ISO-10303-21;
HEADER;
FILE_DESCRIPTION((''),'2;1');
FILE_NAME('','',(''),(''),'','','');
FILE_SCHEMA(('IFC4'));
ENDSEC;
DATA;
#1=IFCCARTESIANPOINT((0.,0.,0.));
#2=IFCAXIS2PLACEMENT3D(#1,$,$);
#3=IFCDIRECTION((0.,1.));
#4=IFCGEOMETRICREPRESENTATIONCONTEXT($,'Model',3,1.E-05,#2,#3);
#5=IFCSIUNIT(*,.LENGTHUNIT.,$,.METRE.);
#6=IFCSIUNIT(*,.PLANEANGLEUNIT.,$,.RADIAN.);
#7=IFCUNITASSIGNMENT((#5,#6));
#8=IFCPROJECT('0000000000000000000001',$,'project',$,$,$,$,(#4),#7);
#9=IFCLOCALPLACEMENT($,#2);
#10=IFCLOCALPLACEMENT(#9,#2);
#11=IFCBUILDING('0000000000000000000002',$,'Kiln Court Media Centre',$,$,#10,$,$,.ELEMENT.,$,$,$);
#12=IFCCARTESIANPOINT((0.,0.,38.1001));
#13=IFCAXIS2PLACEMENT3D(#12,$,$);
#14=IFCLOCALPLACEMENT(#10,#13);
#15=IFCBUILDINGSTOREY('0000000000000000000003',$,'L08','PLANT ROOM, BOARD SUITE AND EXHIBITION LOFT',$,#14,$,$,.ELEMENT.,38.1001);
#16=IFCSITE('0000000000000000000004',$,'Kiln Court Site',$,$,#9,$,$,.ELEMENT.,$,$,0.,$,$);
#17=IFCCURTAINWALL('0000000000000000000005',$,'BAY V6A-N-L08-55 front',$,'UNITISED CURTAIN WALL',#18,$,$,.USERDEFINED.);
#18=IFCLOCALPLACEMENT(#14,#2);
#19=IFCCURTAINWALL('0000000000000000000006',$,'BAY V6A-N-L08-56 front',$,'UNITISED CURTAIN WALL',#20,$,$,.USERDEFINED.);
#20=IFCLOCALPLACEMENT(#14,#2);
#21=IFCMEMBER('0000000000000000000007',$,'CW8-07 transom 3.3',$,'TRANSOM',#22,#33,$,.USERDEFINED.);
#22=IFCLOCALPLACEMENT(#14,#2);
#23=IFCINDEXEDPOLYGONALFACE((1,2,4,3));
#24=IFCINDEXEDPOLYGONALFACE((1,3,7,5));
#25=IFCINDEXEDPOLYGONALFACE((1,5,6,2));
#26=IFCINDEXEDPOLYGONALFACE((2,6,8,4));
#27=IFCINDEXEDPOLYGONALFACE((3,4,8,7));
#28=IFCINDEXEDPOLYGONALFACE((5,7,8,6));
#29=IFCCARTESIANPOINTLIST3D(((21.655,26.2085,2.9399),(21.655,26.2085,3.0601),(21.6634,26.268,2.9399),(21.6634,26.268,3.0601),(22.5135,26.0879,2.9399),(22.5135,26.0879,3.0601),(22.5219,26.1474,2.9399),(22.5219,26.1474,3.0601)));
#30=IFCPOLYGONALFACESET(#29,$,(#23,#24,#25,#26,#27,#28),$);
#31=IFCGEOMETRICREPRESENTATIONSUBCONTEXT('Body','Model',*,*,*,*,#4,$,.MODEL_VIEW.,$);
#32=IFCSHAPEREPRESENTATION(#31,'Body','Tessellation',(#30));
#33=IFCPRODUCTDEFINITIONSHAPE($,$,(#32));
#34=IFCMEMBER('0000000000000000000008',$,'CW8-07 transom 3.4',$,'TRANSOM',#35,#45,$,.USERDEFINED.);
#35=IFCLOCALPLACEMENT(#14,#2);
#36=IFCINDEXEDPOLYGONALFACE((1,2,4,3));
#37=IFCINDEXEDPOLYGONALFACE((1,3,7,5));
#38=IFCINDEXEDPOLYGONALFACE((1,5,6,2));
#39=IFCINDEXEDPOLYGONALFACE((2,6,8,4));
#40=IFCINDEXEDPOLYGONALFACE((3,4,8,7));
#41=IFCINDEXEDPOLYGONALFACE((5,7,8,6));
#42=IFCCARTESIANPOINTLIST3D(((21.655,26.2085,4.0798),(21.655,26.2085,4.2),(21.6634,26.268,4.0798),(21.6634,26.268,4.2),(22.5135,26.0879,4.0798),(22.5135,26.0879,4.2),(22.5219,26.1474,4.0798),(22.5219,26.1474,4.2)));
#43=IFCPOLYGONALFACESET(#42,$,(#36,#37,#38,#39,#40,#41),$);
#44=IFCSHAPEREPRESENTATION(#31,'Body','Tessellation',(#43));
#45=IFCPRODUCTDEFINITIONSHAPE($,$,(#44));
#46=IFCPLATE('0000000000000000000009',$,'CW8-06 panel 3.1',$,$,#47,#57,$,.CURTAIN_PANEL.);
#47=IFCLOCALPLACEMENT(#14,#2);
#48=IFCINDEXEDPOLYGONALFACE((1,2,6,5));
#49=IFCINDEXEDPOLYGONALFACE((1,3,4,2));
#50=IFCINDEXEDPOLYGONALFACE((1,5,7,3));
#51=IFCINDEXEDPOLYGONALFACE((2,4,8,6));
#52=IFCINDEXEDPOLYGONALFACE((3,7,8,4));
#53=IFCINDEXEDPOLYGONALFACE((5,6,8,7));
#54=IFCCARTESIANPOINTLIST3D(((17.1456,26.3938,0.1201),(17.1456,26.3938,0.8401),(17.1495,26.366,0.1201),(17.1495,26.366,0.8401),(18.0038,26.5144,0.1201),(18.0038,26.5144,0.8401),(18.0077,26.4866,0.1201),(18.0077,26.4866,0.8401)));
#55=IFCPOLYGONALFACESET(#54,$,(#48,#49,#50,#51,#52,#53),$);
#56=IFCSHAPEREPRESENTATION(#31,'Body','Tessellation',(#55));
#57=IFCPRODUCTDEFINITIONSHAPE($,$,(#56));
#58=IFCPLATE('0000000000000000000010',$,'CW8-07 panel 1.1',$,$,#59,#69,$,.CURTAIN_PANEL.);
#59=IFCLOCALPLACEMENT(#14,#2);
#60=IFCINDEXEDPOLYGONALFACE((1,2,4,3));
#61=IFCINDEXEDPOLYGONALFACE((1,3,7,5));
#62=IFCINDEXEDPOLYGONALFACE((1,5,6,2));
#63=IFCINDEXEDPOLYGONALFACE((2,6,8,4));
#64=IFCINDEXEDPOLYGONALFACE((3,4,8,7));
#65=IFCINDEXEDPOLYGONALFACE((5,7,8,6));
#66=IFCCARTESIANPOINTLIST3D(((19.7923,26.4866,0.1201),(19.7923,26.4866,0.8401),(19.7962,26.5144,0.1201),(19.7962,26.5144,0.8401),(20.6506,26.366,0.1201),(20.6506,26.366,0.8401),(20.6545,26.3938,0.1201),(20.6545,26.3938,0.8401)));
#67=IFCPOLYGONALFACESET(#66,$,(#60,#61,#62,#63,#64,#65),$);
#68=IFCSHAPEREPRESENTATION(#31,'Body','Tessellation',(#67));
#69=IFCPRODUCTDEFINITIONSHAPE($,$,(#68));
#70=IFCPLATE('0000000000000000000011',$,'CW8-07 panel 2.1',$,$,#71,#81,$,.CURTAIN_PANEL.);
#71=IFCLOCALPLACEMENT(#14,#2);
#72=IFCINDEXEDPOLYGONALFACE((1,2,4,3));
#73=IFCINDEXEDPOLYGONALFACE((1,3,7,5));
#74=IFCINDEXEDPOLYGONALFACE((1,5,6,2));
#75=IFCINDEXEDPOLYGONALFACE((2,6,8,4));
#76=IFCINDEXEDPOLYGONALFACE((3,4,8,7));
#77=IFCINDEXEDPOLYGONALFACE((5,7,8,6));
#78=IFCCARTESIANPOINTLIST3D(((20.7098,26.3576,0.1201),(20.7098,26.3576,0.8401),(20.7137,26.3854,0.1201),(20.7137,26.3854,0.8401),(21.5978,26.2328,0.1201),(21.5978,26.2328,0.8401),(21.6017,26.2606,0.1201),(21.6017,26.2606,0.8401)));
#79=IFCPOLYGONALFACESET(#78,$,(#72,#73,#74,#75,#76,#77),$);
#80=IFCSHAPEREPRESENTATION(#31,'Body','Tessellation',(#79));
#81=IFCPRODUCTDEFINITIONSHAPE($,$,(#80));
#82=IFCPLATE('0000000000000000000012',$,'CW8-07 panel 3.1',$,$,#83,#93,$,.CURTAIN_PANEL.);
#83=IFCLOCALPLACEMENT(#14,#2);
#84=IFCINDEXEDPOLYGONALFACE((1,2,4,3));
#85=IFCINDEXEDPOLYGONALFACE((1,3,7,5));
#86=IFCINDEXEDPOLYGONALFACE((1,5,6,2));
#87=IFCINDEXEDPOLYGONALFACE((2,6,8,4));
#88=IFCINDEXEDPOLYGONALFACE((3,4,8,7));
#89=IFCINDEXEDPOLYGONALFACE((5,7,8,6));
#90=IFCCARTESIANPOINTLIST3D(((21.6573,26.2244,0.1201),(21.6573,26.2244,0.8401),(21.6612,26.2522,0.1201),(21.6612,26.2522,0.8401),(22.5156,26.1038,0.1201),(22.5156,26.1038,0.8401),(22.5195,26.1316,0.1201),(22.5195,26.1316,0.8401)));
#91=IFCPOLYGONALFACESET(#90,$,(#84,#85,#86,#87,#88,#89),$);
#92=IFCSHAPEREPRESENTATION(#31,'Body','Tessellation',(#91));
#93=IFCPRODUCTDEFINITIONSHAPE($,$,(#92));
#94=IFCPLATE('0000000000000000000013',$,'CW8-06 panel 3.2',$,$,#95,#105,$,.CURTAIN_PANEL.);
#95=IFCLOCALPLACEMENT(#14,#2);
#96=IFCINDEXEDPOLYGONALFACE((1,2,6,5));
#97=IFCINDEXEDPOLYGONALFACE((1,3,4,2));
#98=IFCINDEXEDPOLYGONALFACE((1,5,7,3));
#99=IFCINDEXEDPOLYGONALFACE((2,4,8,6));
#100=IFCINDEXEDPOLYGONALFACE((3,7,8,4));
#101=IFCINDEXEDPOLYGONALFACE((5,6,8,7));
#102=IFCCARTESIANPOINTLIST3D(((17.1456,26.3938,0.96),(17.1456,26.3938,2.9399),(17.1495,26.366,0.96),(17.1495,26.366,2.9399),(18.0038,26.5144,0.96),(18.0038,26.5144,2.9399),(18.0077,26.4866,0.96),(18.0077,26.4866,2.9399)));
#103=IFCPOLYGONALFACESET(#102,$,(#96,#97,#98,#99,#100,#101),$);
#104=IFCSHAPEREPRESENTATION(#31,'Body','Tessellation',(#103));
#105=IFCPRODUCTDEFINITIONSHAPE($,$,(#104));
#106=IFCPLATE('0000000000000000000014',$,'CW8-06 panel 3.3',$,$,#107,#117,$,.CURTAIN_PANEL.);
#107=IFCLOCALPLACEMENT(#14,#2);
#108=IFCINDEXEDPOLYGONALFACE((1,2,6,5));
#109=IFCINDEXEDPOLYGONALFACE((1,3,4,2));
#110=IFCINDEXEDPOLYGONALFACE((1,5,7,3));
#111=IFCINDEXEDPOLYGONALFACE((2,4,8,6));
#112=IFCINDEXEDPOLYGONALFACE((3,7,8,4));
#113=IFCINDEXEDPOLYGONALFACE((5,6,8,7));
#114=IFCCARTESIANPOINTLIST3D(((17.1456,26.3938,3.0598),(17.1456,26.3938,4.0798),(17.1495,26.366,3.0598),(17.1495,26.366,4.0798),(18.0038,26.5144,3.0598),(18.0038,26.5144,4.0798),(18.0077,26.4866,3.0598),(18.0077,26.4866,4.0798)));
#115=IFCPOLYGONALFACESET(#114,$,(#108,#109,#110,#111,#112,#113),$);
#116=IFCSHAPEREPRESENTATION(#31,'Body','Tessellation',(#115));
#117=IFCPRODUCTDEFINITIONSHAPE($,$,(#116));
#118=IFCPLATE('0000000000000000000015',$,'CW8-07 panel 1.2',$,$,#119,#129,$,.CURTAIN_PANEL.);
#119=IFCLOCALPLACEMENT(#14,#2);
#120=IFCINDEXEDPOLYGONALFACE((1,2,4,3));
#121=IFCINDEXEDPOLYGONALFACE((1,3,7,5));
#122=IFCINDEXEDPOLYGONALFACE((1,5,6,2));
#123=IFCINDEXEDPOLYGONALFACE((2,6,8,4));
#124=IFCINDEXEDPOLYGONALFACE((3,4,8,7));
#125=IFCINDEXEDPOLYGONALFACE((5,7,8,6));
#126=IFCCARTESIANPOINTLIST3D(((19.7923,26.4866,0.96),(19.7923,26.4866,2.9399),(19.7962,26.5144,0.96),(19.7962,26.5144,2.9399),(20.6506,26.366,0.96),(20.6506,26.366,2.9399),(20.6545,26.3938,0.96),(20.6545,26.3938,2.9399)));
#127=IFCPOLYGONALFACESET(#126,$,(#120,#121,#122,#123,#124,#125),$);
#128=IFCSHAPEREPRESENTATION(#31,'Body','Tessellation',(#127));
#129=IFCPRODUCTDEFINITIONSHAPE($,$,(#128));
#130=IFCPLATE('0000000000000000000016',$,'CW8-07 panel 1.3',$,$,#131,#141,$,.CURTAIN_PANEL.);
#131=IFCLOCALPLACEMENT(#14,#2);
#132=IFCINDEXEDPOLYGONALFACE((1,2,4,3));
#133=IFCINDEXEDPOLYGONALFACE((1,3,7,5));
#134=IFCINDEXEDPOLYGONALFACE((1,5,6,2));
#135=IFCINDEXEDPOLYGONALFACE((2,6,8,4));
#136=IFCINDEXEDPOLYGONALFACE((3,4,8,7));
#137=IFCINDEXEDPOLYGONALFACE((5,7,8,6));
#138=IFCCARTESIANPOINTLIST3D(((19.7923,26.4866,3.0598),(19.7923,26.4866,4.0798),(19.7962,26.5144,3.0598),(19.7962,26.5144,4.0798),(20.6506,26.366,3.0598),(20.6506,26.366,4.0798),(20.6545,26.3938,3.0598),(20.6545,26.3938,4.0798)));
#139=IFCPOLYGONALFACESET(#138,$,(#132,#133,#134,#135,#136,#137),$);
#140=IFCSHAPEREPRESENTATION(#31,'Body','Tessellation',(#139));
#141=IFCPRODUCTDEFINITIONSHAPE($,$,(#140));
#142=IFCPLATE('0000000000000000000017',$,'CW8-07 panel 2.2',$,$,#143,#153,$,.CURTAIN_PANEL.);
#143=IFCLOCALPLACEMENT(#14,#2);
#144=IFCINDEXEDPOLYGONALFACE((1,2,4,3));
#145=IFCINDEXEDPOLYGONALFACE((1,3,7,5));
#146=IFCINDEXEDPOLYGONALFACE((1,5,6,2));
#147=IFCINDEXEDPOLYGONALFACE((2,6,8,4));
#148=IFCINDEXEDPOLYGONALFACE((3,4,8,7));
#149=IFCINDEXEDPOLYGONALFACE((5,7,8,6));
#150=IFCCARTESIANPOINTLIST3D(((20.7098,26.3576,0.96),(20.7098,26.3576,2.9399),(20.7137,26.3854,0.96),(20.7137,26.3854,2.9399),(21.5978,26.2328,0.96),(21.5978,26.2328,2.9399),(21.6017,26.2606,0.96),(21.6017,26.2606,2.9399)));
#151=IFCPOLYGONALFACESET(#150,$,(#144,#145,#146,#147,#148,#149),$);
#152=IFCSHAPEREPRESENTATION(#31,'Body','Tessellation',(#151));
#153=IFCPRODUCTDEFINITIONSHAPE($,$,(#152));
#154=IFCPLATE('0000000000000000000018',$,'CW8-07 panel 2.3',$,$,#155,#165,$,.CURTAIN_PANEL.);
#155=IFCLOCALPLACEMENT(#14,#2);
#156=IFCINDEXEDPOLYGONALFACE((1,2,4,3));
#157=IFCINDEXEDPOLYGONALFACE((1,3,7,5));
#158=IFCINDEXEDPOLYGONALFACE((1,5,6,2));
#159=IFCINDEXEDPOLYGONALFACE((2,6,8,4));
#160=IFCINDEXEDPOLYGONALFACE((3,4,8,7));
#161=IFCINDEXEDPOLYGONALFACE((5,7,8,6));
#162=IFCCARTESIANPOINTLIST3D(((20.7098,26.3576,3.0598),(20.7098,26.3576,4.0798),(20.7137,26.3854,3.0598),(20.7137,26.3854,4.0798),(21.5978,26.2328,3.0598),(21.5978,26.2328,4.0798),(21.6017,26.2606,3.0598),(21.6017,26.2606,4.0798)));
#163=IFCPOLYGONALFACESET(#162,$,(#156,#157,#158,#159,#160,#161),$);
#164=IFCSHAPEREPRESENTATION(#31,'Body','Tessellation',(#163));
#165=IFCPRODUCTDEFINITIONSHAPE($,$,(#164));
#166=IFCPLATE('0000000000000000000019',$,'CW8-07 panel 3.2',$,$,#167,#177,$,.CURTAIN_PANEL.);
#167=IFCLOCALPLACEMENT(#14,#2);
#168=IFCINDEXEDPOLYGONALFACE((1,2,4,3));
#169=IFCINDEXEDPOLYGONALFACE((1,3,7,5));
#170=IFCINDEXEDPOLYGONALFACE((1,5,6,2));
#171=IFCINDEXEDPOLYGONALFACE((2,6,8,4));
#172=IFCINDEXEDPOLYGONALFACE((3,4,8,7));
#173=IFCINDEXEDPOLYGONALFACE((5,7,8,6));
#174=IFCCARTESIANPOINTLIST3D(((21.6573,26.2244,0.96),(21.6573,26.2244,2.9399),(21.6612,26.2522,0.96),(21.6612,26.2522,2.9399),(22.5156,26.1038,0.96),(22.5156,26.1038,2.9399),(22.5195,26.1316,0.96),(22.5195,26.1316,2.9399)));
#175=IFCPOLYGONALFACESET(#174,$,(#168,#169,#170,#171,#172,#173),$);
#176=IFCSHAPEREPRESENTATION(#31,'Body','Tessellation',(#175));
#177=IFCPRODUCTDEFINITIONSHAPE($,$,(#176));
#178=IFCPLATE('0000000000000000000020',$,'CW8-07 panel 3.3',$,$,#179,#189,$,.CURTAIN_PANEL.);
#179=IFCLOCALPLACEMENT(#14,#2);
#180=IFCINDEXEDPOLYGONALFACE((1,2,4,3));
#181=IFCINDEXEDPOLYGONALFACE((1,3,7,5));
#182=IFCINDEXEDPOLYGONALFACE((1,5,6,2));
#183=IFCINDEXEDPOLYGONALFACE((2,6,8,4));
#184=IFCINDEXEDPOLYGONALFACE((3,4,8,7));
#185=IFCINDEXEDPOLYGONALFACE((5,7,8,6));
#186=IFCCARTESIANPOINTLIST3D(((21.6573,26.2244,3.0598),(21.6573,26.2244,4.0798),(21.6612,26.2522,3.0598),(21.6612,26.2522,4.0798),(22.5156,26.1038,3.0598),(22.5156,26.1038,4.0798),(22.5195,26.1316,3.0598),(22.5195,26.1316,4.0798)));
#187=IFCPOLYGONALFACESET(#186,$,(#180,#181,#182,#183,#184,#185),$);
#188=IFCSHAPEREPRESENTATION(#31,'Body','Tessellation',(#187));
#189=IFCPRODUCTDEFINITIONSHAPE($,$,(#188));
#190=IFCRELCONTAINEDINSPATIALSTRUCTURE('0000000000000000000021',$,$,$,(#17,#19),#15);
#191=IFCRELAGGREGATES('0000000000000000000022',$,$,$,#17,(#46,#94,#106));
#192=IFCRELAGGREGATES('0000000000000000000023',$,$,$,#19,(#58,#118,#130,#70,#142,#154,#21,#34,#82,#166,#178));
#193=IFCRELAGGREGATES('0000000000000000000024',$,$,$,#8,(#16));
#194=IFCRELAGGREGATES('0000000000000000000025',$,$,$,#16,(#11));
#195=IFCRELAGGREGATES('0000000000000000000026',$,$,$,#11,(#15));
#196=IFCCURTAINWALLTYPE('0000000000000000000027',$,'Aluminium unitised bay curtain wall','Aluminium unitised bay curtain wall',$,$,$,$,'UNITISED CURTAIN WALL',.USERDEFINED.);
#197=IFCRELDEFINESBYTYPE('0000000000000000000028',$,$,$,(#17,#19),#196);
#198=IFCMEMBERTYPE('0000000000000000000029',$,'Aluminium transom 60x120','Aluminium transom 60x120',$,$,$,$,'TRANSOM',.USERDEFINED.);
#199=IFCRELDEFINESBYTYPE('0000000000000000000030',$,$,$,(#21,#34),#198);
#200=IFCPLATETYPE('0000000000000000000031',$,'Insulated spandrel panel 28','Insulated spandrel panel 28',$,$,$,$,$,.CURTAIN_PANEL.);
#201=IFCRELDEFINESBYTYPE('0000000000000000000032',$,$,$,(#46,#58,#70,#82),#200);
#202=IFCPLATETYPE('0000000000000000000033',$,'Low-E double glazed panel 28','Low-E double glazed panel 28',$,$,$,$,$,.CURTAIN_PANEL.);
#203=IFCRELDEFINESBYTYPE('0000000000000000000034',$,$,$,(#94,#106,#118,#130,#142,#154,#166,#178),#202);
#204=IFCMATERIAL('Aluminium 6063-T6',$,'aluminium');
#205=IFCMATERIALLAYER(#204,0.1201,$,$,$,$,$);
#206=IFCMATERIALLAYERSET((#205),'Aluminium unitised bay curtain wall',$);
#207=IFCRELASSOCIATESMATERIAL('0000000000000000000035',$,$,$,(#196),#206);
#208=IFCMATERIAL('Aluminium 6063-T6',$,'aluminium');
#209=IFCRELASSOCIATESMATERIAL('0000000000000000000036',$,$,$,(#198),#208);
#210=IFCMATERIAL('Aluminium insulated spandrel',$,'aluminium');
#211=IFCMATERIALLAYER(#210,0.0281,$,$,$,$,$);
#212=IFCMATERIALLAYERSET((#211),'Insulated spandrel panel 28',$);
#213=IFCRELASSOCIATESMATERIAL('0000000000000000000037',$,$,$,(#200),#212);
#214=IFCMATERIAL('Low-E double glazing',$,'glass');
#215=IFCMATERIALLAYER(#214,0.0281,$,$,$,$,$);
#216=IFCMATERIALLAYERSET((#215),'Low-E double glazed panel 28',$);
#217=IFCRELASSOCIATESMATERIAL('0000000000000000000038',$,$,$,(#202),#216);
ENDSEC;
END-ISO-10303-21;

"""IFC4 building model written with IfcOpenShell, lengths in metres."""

from ifc_helpers import new_model, si_unit, direction, frame, origin, origin_2d, place, context, subcontext, project, spatial, rectangle, extrude, material, layer, layer_set, material_profile, profile_set, type_object, element, aggregate, save


model = new_model("IFC4")

# Units and contexts
model_context = context("Model", 3, precision=1e-05, world=origin(), true_north=direction((0.0, 1.0)))
body_context = subcontext(model_context, "Body", "Model", "MODEL_VIEW")
ifc_project = project(units=[si_unit("LENGTHUNIT", "METRE"), si_unit("PLANEANGLEUNIT", "RADIAN")], contexts=[model_context])

# Site, building, storey
site_placement = place(None, origin())
site = spatial("IfcSite", under=ifc_project, at=site_placement, Name="Kiln Court Site", CompositionType="ELEMENT", RefElevation=0.0)
building_placement = place(site_placement, origin())
building = spatial("IfcBuilding", under=site, at=building_placement, Name="Kiln Court Media Centre", CompositionType="ELEMENT")
storey_placement = place(building_placement, frame((0.0, 0.0, 38.1001)))
storey = spatial("IfcBuildingStorey", under=building, at=storey_placement, Name="L08", Description="PLANT ROOM, BOARD SUITE AND EXHIBITION LOFT", CompositionType="ELEMENT", Elevation=38.1001)

# Curtain wall
ifc_material_1 = material(Name="Aluminium 6063-T6", Category="aluminium")
ifc_layer_1 = layer(ifc_material_1, 0.1201)
ifc_layer_set_1 = layer_set([ifc_layer_1], Name="Aluminium unitised bay curtain wall")
curtain_wall_type = type_object("IfcCurtainWallType", Name="Aluminium unitised bay curtain wall", Description="Aluminium unitised bay curtain wall", ElementType="UNITISED CURTAIN WALL", PredefinedType="USERDEFINED", material=ifc_layer_set_1)
curtain_wall_1_placement = place(storey_placement, origin())
curtain_wall_1 = element("IfcCurtainWall", 1, at=curtain_wall_1_placement, inside=storey, type_object=curtain_wall_type, Name="BAY V6A-N-L08-55 front", ObjectType="UNITISED CURTAIN WALL", PredefinedType="USERDEFINED")

# Curtain wall, members
curtain_wall_2_placement = place(storey_placement, origin())
curtain_wall_2 = element("IfcCurtainWall", 2, at=curtain_wall_2_placement, inside=storey, type_object=curtain_wall_type, Name="BAY V6A-N-L08-56 front", ObjectType="UNITISED CURTAIN WALL", PredefinedType="USERDEFINED")
ifc_material_2 = material(Name="Aluminium 6063-T6", Category="aluminium")
ifc_material_profile_1 = material_profile(ifc_material_2, rectangle(XDim=0.0601, YDim=0.1201, at=origin_2d()), Name="Aluminium transom 60x120")
ifc_profile_set_1 = profile_set([ifc_material_profile_1], Name="Aluminium 6063-T6")
member_type_1 = type_object("IfcMemberType", Name="Aluminium transom 60x120", Description="Aluminium transom 60x120", ElementType="TRANSOM", PredefinedType="USERDEFINED", material=ifc_profile_set_1)
member_1_placement = place(storey_placement, frame((21.6592, 26.2383, 3.0), z_axis=(0.990274, -0.139134, 0.0), x_axis=(0.139134, 0.990274, 0.0)))
member_1 = element("IfcMember", 3, at=member_1_placement, type_object=member_type_1, Name="CW8-07 transom 3.3", ObjectType="TRANSOM", PredefinedType="USERDEFINED", context=body_context, shape_type="SweptSolid", body=[
    extrude(rectangle(XDim=0.0601, YDim=0.1201, at=origin_2d()), origin(), (0.0, 0.0, 1.0), 0.8669),
])
member_2_placement = place(storey_placement, frame((21.6592, 26.2383, 4.1399), z_axis=(0.990274, -0.139134, 0.0), x_axis=(0.139134, 0.990274, 0.0)))
member_2 = element("IfcMember", 4, at=member_2_placement, type_object=member_type_1, Name="CW8-07 transom 3.4", ObjectType="TRANSOM", PredefinedType="USERDEFINED", context=body_context, shape_type="SweptSolid", body=[
    extrude(rectangle(XDim=0.0601, YDim=0.1201, at=origin_2d()), origin(), (0.0, 0.0, 1.0), 0.8669),
])

# Plates
ifc_material_3 = material(Name="Aluminium insulated spandrel", Category="aluminium")
ifc_layer_2 = layer(ifc_material_3, 0.0281)
ifc_layer_set_2 = layer_set([ifc_layer_2], Name="Insulated spandrel panel 28")
plate_type_1 = type_object("IfcPlateType", Name="Insulated spandrel panel 28", Description="Insulated spandrel panel 28", PredefinedType="CURTAIN_PANEL", material=ifc_layer_set_2)
plate_1_placement = place(storey_placement, frame((17.5767, 26.4402, 0.1201), z_axis=(0.0, 0.0, 1.0), x_axis=(0.99027, 0.139162, 0.0)))
plate_1 = element("IfcPlate", 5, at=plate_1_placement, type_object=plate_type_1, Name="CW8-06 panel 3.1", PredefinedType="CURTAIN_PANEL", context=body_context, shape_type="SweptSolid", body=[
    extrude(rectangle(XDim=0.8667, YDim=0.0281, at=origin_2d()), origin(), (0.0, 0.0, 1.0), 0.72),
])
plate_2_placement = place(storey_placement, frame((20.2234, 26.4402, 0.1201), z_axis=(0.0, 0.0, 1.0), x_axis=(0.99027, -0.139162, 0.0)))
plate_2 = element("IfcPlate", 6, at=plate_2_placement, type_object=plate_type_1, Name="CW8-07 panel 1.1", PredefinedType="CURTAIN_PANEL", context=body_context, shape_type="SweptSolid", body=[
    extrude(rectangle(XDim=0.8667, YDim=0.0281, at=origin_2d()), origin(), (0.0, 0.0, 1.0), 0.72),
])
plate_3_placement = place(storey_placement, frame((21.1558, 26.3091, 0.1201), z_axis=(0.0, 0.0, 1.0), x_axis=(0.99027, -0.139162, 0.0)))
plate_3 = element("IfcPlate", 7, at=plate_3_placement, type_object=plate_type_1, Name="CW8-07 panel 2.1", PredefinedType="CURTAIN_PANEL", context=body_context, shape_type="SweptSolid", body=[
    extrude(rectangle(XDim=0.8967, YDim=0.0281, at=origin_2d()), origin(), (0.0, 0.0, 1.0), 0.72),
])
plate_4_placement = place(storey_placement, frame((22.0884, 26.178, 0.1201), z_axis=(0.0, 0.0, 1.0), x_axis=(0.99027, -0.139162, 0.0)))
plate_4 = element("IfcPlate", 8, at=plate_4_placement, type_object=plate_type_1, Name="CW8-07 panel 3.1", PredefinedType="CURTAIN_PANEL", context=body_context, shape_type="SweptSolid", body=[
    extrude(rectangle(XDim=0.8667, YDim=0.0281, at=origin_2d()), origin(), (0.0, 0.0, 1.0), 0.72),
])
ifc_material_4 = material(Name="Low-E double glazing", Category="glass")
ifc_layer_3 = layer(ifc_material_4, 0.0281)
ifc_layer_set_3 = layer_set([ifc_layer_3], Name="Low-E double glazed panel 28")
plate_type_2 = type_object("IfcPlateType", Name="Low-E double glazed panel 28", Description="Low-E double glazed panel 28", PredefinedType="CURTAIN_PANEL", material=ifc_layer_set_3)
plate_5_placement = place(storey_placement, frame((17.5767, 26.4402, 0.96), z_axis=(0.0, 0.0, 1.0), x_axis=(0.99027, 0.139162, 0.0)))
plate_5 = element("IfcPlate", 9, at=plate_5_placement, type_object=plate_type_2, Name="CW8-06 panel 3.2", PredefinedType="CURTAIN_PANEL", context=body_context, shape_type="SweptSolid", body=[
    extrude(rectangle(XDim=0.8667, YDim=0.0281, at=origin_2d()), origin(), (0.0, 0.0, 1.0), 1.98),
])
plate_6_placement = place(storey_placement, frame((17.5767, 26.4402, 3.0598), z_axis=(0.0, 0.0, 1.0), x_axis=(0.99027, 0.139162, 0.0)))
plate_6 = element("IfcPlate", 10, at=plate_6_placement, type_object=plate_type_2, Name="CW8-06 panel 3.3", PredefinedType="CURTAIN_PANEL", context=body_context, shape_type="SweptSolid", body=[
    extrude(rectangle(XDim=0.8667, YDim=0.0281, at=origin_2d()), origin(), (0.0, 0.0, 1.0), 1.02),
])
aggregate(curtain_wall_1, [plate_1, plate_5, plate_6])
plate_7_placement = place(storey_placement, frame((20.2234, 26.4402, 0.96), z_axis=(0.0, 0.0, 1.0), x_axis=(0.99027, -0.139162, 0.0)))
plate_7 = element("IfcPlate", 11, at=plate_7_placement, type_object=plate_type_2, Name="CW8-07 panel 1.2", PredefinedType="CURTAIN_PANEL", context=body_context, shape_type="SweptSolid", body=[
    extrude(rectangle(XDim=0.8667, YDim=0.0281, at=origin_2d()), origin(), (0.0, 0.0, 1.0), 1.98),
])
plate_8_placement = place(storey_placement, frame((20.2234, 26.4402, 3.0598), z_axis=(0.0, 0.0, 1.0), x_axis=(0.99027, -0.139162, 0.0)))
plate_8 = element("IfcPlate", 12, at=plate_8_placement, type_object=plate_type_2, Name="CW8-07 panel 1.3", PredefinedType="CURTAIN_PANEL", context=body_context, shape_type="SweptSolid", body=[
    extrude(rectangle(XDim=0.8667, YDim=0.0281, at=origin_2d()), origin(), (0.0, 0.0, 1.0), 1.02),
])
plate_9_placement = place(storey_placement, frame((21.1558, 26.3091, 0.96), z_axis=(0.0, 0.0, 1.0), x_axis=(0.99027, -0.139162, 0.0)))
plate_9 = element("IfcPlate", 13, at=plate_9_placement, type_object=plate_type_2, Name="CW8-07 panel 2.2", PredefinedType="CURTAIN_PANEL", context=body_context, shape_type="SweptSolid", body=[
    extrude(rectangle(XDim=0.8967, YDim=0.0281, at=origin_2d()), origin(), (0.0, 0.0, 1.0), 1.98),
])
plate_10_placement = place(storey_placement, frame((21.1558, 26.3091, 3.0598), z_axis=(0.0, 0.0, 1.0), x_axis=(0.99027, -0.139162, 0.0)))
plate_10 = element("IfcPlate", 14, at=plate_10_placement, type_object=plate_type_2, Name="CW8-07 panel 2.3", PredefinedType="CURTAIN_PANEL", context=body_context, shape_type="SweptSolid", body=[
    extrude(rectangle(XDim=0.8967, YDim=0.0281, at=origin_2d()), origin(), (0.0, 0.0, 1.0), 1.02),
])
plate_11_placement = place(storey_placement, frame((22.0884, 26.178, 0.96), z_axis=(0.0, 0.0, 1.0), x_axis=(0.99027, -0.139162, 0.0)))
plate_11 = element("IfcPlate", 15, at=plate_11_placement, type_object=plate_type_2, Name="CW8-07 panel 3.2", PredefinedType="CURTAIN_PANEL", context=body_context, shape_type="SweptSolid", body=[
    extrude(rectangle(XDim=0.8667, YDim=0.0281, at=origin_2d()), origin(), (0.0, 0.0, 1.0), 1.98),
])
plate_12_placement = place(storey_placement, frame((22.0884, 26.178, 3.0598), z_axis=(0.0, 0.0, 1.0), x_axis=(0.99027, -0.139162, 0.0)))
plate_12 = element("IfcPlate", 16, at=plate_12_placement, type_object=plate_type_2, Name="CW8-07 panel 3.3", PredefinedType="CURTAIN_PANEL", context=body_context, shape_type="SweptSolid", body=[
    extrude(rectangle(XDim=0.8667, YDim=0.0281, at=origin_2d()), origin(), (0.0, 0.0, 1.0), 1.02),
])
aggregate(curtain_wall_2, [plate_2, plate_7, plate_8, plate_3, plate_9, plate_10, member_1, member_2, plate_4, plate_11, plate_12])

save(model, "model.ifc")
